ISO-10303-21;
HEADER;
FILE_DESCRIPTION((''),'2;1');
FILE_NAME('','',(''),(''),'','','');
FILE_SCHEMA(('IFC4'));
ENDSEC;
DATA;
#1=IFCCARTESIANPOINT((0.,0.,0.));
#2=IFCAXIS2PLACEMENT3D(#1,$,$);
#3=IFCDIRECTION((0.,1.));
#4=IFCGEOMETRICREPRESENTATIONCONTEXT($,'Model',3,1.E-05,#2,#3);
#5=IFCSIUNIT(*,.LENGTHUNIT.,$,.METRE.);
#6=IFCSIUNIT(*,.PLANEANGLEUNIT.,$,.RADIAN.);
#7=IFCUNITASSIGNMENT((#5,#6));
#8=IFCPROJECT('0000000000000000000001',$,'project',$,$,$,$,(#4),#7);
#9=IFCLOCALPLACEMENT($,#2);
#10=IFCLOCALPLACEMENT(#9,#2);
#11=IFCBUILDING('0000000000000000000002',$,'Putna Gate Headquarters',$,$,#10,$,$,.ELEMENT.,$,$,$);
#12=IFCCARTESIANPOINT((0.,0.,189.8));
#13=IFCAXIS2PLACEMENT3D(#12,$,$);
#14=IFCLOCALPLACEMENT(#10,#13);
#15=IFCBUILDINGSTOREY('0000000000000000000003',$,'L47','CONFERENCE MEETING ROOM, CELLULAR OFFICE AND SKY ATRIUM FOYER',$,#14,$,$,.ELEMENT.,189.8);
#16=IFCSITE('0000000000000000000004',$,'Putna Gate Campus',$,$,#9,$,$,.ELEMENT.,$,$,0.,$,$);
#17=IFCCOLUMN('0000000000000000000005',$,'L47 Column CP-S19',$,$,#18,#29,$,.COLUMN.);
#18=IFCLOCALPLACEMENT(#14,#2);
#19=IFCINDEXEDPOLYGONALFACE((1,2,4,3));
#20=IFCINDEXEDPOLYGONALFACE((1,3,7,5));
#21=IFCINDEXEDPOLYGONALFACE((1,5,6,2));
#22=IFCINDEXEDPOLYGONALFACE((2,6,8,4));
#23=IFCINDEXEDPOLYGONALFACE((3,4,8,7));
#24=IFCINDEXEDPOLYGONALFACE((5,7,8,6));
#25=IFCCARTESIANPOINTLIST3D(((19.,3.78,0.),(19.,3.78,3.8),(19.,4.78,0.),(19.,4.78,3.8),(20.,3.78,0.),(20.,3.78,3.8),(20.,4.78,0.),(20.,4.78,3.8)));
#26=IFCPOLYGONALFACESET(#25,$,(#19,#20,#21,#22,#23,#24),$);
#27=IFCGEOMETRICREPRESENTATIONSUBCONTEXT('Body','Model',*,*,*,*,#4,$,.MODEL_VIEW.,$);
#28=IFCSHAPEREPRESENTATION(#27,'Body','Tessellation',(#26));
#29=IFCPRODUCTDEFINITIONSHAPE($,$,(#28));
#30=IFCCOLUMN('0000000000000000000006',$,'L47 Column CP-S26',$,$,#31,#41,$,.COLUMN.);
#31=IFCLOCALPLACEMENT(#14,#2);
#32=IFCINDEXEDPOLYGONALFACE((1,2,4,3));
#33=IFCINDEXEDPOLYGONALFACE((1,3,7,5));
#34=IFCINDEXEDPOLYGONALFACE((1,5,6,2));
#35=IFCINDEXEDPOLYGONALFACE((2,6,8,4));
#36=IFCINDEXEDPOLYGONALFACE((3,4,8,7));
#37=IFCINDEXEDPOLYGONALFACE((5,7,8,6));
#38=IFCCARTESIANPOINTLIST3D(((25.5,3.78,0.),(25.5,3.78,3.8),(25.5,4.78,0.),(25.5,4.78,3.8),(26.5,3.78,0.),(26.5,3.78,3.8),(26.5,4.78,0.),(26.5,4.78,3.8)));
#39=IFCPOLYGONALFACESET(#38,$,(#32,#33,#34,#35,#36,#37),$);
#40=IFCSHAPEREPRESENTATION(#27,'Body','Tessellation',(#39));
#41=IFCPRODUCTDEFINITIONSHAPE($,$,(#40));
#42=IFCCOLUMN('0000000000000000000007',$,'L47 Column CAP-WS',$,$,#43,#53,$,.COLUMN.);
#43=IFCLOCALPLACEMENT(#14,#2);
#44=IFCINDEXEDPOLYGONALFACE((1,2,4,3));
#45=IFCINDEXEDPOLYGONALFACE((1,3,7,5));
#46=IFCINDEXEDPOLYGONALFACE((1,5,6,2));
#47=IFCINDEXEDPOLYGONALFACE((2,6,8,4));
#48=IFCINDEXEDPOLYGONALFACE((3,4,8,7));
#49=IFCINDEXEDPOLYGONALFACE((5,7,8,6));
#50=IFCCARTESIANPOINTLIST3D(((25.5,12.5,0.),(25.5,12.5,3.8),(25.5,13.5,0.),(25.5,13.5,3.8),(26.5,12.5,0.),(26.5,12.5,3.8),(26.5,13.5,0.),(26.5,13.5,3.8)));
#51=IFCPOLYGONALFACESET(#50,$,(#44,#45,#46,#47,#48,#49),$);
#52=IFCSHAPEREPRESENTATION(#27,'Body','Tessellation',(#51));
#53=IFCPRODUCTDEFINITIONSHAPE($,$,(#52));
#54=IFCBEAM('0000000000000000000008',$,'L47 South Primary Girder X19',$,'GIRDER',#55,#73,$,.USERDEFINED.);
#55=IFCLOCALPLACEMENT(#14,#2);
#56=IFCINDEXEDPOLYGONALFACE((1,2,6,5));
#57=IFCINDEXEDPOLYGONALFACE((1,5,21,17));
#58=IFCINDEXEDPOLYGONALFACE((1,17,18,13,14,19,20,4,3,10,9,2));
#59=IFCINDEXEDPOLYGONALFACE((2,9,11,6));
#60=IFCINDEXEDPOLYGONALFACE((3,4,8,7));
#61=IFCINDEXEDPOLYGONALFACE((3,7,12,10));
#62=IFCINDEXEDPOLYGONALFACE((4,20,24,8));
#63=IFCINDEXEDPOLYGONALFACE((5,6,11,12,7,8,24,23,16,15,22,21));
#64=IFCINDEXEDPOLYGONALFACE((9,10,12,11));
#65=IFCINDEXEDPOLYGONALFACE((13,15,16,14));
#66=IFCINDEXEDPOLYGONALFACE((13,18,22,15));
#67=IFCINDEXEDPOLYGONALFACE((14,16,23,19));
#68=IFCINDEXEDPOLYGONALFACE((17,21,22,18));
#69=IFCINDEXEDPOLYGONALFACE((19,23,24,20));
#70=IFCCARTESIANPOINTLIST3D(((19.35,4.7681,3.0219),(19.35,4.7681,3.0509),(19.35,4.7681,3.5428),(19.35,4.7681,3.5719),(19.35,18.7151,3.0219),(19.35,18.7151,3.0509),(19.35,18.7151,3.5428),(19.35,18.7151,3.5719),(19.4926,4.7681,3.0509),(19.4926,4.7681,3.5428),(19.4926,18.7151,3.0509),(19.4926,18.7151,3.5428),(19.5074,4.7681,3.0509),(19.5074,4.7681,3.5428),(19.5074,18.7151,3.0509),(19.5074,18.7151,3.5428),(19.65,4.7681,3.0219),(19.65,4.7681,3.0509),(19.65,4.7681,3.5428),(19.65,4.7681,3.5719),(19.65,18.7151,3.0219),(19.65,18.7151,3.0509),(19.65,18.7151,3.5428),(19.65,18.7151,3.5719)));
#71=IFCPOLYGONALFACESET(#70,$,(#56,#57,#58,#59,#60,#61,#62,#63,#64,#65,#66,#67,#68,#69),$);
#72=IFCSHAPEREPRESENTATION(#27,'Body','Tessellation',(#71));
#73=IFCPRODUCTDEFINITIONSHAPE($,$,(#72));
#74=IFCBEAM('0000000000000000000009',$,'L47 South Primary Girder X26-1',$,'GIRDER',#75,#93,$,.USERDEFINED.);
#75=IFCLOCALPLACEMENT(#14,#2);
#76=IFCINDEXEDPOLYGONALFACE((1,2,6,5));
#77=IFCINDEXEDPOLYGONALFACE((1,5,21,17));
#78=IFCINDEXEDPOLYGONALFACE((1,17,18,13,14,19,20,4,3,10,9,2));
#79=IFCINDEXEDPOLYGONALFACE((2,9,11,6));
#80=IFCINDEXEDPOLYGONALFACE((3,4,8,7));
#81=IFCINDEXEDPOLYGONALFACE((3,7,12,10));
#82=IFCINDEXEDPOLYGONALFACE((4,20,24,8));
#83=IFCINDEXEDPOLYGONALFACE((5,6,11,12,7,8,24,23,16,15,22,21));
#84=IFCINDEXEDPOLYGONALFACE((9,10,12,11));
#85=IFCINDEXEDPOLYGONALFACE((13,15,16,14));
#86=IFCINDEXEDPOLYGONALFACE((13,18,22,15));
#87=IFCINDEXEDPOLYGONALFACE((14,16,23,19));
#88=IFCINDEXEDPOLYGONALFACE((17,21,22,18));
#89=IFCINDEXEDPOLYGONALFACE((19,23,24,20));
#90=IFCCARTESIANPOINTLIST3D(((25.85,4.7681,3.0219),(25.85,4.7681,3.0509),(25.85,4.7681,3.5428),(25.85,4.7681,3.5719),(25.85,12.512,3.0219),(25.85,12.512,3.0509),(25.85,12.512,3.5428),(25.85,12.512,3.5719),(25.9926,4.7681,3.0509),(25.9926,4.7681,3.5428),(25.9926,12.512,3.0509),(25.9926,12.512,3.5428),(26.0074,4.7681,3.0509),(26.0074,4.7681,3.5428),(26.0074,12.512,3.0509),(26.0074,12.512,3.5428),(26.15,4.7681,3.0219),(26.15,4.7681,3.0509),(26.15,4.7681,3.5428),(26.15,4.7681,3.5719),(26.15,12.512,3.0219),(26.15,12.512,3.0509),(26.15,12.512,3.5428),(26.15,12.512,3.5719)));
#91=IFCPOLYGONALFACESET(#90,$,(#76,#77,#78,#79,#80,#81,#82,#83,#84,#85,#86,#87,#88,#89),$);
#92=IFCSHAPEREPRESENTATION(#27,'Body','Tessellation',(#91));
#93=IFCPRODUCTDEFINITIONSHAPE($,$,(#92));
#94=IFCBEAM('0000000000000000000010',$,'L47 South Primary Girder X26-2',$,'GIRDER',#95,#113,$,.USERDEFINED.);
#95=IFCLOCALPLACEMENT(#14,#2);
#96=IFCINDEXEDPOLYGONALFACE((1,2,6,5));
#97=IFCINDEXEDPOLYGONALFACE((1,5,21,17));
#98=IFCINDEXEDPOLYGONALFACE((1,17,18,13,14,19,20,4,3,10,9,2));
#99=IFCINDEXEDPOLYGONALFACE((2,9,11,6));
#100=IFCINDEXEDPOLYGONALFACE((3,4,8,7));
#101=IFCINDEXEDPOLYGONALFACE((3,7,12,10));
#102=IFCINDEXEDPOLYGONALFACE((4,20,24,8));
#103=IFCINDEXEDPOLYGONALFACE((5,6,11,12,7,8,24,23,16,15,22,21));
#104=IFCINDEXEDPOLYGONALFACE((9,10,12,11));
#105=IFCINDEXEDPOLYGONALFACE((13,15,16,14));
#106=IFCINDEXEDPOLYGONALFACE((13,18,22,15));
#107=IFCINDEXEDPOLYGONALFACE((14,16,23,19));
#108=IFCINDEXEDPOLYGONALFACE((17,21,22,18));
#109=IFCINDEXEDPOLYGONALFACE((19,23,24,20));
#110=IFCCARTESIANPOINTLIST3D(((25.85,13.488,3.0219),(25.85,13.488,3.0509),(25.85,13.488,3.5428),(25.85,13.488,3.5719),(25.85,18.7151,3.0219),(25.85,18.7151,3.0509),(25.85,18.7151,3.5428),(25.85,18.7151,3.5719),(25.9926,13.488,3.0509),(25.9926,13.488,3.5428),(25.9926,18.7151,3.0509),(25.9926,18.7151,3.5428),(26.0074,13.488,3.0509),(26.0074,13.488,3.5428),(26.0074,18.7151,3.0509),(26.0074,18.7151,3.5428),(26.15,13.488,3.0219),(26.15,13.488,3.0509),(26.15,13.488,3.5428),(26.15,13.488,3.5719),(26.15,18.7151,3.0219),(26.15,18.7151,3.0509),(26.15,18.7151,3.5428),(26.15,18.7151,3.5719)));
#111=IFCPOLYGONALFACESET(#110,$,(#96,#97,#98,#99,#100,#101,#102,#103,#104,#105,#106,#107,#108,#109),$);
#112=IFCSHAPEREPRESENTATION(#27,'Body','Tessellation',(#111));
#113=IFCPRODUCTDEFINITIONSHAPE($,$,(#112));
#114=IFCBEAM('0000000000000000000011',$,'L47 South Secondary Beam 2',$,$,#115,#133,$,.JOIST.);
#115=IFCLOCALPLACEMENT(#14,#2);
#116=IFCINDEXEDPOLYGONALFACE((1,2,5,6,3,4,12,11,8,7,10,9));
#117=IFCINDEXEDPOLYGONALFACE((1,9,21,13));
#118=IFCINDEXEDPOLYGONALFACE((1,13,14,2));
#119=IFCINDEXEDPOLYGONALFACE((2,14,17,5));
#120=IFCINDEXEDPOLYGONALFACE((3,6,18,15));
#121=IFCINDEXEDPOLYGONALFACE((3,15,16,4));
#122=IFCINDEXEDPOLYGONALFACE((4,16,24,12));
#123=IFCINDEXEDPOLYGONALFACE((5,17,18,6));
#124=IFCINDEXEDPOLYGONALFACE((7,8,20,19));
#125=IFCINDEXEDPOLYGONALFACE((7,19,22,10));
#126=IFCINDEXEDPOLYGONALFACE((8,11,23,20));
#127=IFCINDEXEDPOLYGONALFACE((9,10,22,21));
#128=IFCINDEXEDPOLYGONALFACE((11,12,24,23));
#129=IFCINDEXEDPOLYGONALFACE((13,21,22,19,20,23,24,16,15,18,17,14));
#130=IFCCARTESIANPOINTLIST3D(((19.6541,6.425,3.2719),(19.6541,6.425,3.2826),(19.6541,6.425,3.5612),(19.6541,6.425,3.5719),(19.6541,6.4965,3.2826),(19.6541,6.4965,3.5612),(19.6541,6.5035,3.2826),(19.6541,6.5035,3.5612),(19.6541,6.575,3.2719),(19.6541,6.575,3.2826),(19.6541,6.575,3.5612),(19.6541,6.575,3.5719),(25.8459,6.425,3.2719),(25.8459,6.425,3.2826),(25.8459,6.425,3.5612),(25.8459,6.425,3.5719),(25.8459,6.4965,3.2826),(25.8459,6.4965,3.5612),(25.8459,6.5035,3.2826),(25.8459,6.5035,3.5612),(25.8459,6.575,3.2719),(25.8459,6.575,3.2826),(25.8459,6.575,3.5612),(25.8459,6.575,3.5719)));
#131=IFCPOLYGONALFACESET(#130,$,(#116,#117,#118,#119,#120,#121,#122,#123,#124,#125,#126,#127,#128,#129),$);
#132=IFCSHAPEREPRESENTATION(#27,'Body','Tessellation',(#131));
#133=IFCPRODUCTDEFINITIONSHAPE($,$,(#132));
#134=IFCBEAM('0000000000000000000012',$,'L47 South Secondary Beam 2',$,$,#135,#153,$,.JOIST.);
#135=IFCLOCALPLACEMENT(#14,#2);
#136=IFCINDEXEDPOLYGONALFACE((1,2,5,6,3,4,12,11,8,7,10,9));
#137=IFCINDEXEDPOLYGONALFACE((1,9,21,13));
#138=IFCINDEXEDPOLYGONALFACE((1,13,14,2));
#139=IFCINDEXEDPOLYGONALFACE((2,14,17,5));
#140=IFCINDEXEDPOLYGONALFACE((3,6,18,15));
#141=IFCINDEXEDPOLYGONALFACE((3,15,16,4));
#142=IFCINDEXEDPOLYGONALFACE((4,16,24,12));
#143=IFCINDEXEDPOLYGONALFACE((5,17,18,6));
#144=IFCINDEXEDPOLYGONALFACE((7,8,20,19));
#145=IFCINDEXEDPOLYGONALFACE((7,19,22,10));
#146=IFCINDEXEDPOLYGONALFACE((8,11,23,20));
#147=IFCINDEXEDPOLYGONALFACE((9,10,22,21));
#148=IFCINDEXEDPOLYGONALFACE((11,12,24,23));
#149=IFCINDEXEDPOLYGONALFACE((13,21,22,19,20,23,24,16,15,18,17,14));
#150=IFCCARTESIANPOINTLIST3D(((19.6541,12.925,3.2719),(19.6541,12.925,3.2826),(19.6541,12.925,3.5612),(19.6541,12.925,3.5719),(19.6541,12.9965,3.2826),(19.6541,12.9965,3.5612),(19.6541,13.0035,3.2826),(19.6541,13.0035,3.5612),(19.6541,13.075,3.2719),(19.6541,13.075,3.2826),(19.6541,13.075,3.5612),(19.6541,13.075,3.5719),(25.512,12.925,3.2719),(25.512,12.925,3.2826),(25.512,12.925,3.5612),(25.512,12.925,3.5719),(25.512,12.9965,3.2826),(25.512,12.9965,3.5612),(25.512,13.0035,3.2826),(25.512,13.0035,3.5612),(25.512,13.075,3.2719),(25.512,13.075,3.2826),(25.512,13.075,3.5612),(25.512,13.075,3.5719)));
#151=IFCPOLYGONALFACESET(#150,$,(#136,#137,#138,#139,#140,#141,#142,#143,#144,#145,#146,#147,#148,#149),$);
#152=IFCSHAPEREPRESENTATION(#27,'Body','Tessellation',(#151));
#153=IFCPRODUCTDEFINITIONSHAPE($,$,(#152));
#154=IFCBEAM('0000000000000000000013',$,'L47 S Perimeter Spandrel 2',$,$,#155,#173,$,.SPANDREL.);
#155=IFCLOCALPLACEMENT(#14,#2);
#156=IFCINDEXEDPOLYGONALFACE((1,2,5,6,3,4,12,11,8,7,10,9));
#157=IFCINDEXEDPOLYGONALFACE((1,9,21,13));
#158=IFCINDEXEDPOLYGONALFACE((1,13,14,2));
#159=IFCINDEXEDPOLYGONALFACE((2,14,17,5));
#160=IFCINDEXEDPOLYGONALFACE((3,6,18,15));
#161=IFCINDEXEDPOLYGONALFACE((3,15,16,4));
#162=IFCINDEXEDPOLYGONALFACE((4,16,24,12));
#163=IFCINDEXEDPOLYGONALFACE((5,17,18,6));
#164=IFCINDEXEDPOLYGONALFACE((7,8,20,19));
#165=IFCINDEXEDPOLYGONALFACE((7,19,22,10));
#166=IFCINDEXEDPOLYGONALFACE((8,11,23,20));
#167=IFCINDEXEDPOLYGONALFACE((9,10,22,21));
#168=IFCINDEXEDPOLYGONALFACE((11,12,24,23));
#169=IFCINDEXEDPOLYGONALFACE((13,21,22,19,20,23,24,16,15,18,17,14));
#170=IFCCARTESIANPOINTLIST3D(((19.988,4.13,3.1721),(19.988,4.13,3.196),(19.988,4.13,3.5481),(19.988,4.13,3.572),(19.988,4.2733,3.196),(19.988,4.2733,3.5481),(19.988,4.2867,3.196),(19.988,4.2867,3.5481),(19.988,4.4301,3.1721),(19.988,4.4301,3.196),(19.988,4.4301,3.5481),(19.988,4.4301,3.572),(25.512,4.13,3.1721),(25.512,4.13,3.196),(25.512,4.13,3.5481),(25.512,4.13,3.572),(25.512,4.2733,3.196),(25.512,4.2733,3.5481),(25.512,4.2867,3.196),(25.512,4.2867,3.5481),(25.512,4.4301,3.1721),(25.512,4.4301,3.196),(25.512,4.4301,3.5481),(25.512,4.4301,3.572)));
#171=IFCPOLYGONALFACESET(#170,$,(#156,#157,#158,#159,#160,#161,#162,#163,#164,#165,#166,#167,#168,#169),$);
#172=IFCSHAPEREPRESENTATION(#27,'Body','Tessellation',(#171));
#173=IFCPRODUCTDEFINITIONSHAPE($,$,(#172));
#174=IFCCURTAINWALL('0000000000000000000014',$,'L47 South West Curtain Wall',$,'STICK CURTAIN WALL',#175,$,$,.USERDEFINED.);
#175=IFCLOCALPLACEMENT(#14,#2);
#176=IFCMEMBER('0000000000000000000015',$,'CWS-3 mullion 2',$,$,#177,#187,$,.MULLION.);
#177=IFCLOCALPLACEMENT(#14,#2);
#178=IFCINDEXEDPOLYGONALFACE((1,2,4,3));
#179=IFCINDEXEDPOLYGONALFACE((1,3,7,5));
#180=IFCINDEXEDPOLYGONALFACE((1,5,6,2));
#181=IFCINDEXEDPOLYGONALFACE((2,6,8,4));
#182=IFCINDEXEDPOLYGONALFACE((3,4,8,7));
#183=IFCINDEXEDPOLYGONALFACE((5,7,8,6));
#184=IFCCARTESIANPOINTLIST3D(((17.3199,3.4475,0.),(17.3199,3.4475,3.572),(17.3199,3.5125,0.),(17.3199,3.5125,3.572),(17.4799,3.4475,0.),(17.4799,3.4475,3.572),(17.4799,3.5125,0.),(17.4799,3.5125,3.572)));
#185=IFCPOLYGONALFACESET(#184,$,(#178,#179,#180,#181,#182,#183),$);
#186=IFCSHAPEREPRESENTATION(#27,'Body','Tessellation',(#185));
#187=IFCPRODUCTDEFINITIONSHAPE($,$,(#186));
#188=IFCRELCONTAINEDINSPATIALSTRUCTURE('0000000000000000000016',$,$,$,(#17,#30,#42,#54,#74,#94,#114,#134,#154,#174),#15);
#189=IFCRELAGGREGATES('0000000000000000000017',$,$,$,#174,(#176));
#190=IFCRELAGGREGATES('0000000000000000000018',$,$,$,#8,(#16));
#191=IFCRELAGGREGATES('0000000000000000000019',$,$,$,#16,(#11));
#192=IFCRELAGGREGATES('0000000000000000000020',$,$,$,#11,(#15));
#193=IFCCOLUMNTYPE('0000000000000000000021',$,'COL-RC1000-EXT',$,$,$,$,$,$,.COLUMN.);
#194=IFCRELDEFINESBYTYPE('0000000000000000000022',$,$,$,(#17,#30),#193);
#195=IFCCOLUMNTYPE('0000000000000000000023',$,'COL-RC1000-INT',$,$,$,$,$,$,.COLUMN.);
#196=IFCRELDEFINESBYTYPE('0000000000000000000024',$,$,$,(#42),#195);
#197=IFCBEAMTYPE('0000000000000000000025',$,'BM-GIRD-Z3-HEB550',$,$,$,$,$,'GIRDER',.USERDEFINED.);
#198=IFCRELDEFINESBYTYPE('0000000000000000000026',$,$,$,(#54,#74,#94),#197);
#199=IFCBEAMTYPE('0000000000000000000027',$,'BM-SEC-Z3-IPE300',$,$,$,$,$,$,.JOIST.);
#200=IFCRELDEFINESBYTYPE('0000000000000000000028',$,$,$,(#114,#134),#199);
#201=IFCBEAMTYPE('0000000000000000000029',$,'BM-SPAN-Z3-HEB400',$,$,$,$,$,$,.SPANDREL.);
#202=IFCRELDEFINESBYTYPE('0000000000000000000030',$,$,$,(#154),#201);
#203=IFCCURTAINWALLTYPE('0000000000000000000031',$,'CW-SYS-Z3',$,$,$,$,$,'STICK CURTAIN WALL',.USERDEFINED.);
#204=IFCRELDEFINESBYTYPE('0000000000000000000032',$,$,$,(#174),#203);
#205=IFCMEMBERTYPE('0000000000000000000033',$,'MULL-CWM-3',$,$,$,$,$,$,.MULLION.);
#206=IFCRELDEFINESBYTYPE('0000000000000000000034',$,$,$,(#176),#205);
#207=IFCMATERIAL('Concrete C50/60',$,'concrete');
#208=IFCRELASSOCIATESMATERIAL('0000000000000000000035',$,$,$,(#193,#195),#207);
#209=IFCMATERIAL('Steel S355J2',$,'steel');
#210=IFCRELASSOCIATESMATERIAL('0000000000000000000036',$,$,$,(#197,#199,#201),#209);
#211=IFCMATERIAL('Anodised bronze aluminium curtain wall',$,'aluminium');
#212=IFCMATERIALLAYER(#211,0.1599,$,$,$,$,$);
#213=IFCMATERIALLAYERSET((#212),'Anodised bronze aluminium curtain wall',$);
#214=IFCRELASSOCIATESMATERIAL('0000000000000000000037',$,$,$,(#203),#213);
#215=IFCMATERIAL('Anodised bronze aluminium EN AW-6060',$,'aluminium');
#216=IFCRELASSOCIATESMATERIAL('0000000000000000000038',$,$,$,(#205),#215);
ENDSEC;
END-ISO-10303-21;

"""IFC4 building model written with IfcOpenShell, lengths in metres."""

from ifc_helpers import new_model, si_unit, direction, frame, origin, origin_2d, place, context, subcontext, project, spatial, rectangle, i_section, extrude, material, layer, layer_set, material_profile, profile_set, type_object, element, aggregate, save


model = new_model("IFC4")

# Units and contexts
model_context = context("Model", 3, precision=1e-05, world=origin(), true_north=direction((0.0, 1.0)))
body_context = subcontext(model_context, "Body", "Model", "MODEL_VIEW")
ifc_project = project(units=[si_unit("LENGTHUNIT", "METRE"), si_unit("PLANEANGLEUNIT", "RADIAN")], contexts=[model_context])

# Site, building, storey
site_placement = place(None, origin())
site = spatial("IfcSite", under=ifc_project, at=site_placement, Name="Putna Gate Campus", CompositionType="ELEMENT", RefElevation=0.0)
building_placement = place(site_placement, origin())
building = spatial("IfcBuilding", under=site, at=building_placement, Name="Putna Gate Headquarters", CompositionType="ELEMENT")
storey_placement = place(building_placement, frame((0.0, 0.0, 189.8)))
storey = spatial("IfcBuildingStorey", under=building, at=storey_placement, Name="L47", Description="CONFERENCE MEETING ROOM, CELLULAR OFFICE AND SKY ATRIUM FOYER", CompositionType="ELEMENT", Elevation=189.8)

# Columns
ifc_material_1 = material(Name="Concrete C50/60", Category="concrete")
ifc_material_profile_1 = material_profile(ifc_material_1, rectangle(XDim=1.0, YDim=1.0, at=origin_2d()), Name="Concrete C50/60")
ifc_profile_set_1 = profile_set([ifc_material_profile_1], Name="Concrete C50/60")
column_type_1 = type_object("IfcColumnType", Name="COL-RC1000-EXT", PredefinedType="COLUMN", material=ifc_profile_set_1)
for number, where, z_axis, x_axis, name in (
    (1, (19.5, 4.28, 0.0), (0.0, 0.0, 1.0), (1.0, 0.0, 0.0), "L47 Column CP-S19"),
    (2, (26.0, 4.28, 0.0), (0.0, 0.0, 1.0), (1.0, 0.0, 0.0), "L47 Column CP-S26"),
):
    element("IfcColumn", number, at=place(storey_placement, frame(where, z_axis=z_axis, x_axis=x_axis)), inside=storey, type_object=column_type_1, Name=name, PredefinedType="COLUMN", context=body_context, shape_type="SweptSolid", body=[
        extrude(rectangle(XDim=1.0, YDim=1.0, at=origin_2d()), origin(), (0.0, 0.0, 1.0), 3.8),
    ])
ifc_material_profile_2 = material_profile(ifc_material_1, rectangle(XDim=1.0, YDim=1.0, at=origin_2d()), Name="Concrete C50/60")
ifc_profile_set_2 = profile_set([ifc_material_profile_2], Name="Concrete C50/60")
column_type_2 = type_object("IfcColumnType", Name="COL-RC1000-INT", PredefinedType="COLUMN", material=ifc_profile_set_2)
column_placement = place(storey_placement, frame((26.0, 13.0, 0.0), z_axis=(0.0, 0.0, 1.0), x_axis=(1.0, 0.0, 0.0)))
element("IfcColumn", 3, at=column_placement, inside=storey, type_object=column_type_2, Name="L47 Column CAP-WS", PredefinedType="COLUMN", context=body_context, shape_type="SweptSolid", body=[
    extrude(rectangle(XDim=1.0, YDim=1.0, at=origin_2d()), origin(), (0.0, 0.0, 1.0), 3.8),
])

# Beams
ifc_material_2 = material(Name="Steel S355J2", Category="steel")
ifc_material_profile_3 = material_profile(ifc_material_2, i_section(OverallWidth=0.3, OverallDepth=0.55, WebThickness=0.0149, FlangeThickness=0.0291, at=origin_2d()), Name="Steel S355J2")
ifc_profile_set_3 = profile_set([ifc_material_profile_3], Name="Steel S355J2")
beam_type_1 = type_object("IfcBeamType", Name="BM-GIRD-Z3-HEB550", ElementType="GIRDER", PredefinedType="USERDEFINED", material=ifc_profile_set_3)
beam_1_placement = place(storey_placement, frame((19.5, 4.7681, 3.2969), z_axis=(0.0, 1.0, 0.0), x_axis=(-1.0, 0.0, 0.0)))
element("IfcBeam", 4, at=beam_1_placement, inside=storey, type_object=beam_type_1, Name="L47 South Primary Girder X19", ObjectType="GIRDER", PredefinedType="USERDEFINED", context=body_context, shape_type="SweptSolid", body=[
    extrude(i_section(OverallWidth=0.3, OverallDepth=0.55, WebThickness=0.0149, FlangeThickness=0.0291, at=origin_2d()), origin(), (0.0, 0.0, 1.0), 13.947),
])
beam_2_placement = place(storey_placement, frame((26.0, 4.7681, 3.2969), z_axis=(0.0, 1.0, 0.0), x_axis=(-1.0, 0.0, 0.0)))
element("IfcBeam", 5, at=beam_2_placement, inside=storey, type_object=beam_type_1, Name="L47 South Primary Girder X26-1", ObjectType="GIRDER", PredefinedType="USERDEFINED", context=body_context, shape_type="SweptSolid", body=[
    extrude(i_section(OverallWidth=0.3, OverallDepth=0.55, WebThickness=0.0149, FlangeThickness=0.0291, at=origin_2d()), origin(), (0.0, 0.0, 1.0), 7.7439),
])
beam_3_placement = place(storey_placement, frame((26.0, 13.488, 3.2969), z_axis=(0.0, 1.0, 0.0), x_axis=(-1.0, 0.0, 0.0)))
element("IfcBeam", 6, at=beam_3_placement, inside=storey, type_object=beam_type_1, Name="L47 South Primary Girder X26-2", ObjectType="GIRDER", PredefinedType="USERDEFINED", context=body_context, shape_type="SweptSolid", body=[
    extrude(i_section(OverallWidth=0.3, OverallDepth=0.55, WebThickness=0.0149, FlangeThickness=0.0291, at=origin_2d()), origin(), (0.0, 0.0, 1.0), 5.2271),
])
ifc_material_profile_4 = material_profile(ifc_material_2, i_section(OverallWidth=0.1499, OverallDepth=0.3, WebThickness=0.0071, FlangeThickness=0.0107, at=origin_2d()), Name="Steel S355J2")
ifc_profile_set_4 = profile_set([ifc_material_profile_4], Name="Steel S355J2")
beam_type_2 = type_object("IfcBeamType", Name="BM-SEC-Z3-IPE300", PredefinedType="JOIST", material=ifc_profile_set_4)
beam_4_placement = place(storey_placement, frame((19.6541, 6.5, 3.4219), z_axis=(1.0, 0.0, 0.0), x_axis=(0.0, 1.0, 0.0)))
element("IfcBeam", 7, at=beam_4_placement, inside=storey, type_object=beam_type_2, Name="L47 South Secondary Beam 2", PredefinedType="JOIST", context=body_context, shape_type="SweptSolid", body=[
    extrude(i_section(OverallWidth=0.1499, OverallDepth=0.3, WebThickness=0.0071, FlangeThickness=0.0107, at=origin_2d()), origin(), (0.0, 0.0, 1.0), 6.1919),
])
beam_5_placement = place(storey_placement, frame((19.6541, 13.0, 3.4219), z_axis=(1.0, 0.0, 0.0), x_axis=(0.0, 1.0, 0.0)))
element("IfcBeam", 8, at=beam_5_placement, inside=storey, type_object=beam_type_2, Name="L47 South Secondary Beam 2", PredefinedType="JOIST", context=body_context, shape_type="SweptSolid", body=[
    extrude(i_section(OverallWidth=0.1499, OverallDepth=0.3, WebThickness=0.0071, FlangeThickness=0.0107, at=origin_2d()), origin(), (0.0, 0.0, 1.0), 5.8579),
])
ifc_material_profile_5 = material_profile(ifc_material_2, i_section(OverallWidth=0.3, OverallDepth=0.3999, WebThickness=0.0134, FlangeThickness=0.0239, at=origin_2d()), Name="Steel S355J2")
ifc_profile_set_5 = profile_set([ifc_material_profile_5], Name="Steel S355J2")
beam_type_3 = type_object("IfcBeamType", Name="BM-SPAN-Z3-HEB400", PredefinedType="SPANDREL", material=ifc_profile_set_5)
beam_6_placement = place(storey_placement, frame((19.988, 4.28, 3.3721), z_axis=(1.0, 0.0, 0.0), x_axis=(0.0, 1.0, 0.0)))
element("IfcBeam", 9, at=beam_6_placement, inside=storey, type_object=beam_type_3, Name="L47 S Perimeter Spandrel 2", PredefinedType="SPANDREL", context=body_context, shape_type="SweptSolid", body=[
    extrude(i_section(OverallWidth=0.3, OverallDepth=0.3999, WebThickness=0.0134, FlangeThickness=0.0239, at=origin_2d()), origin(), (0.0, 0.0, 1.0), 5.5239),
])

# Curtain wall, member
ifc_material_3 = material(Name="Anodised bronze aluminium curtain wall", Category="aluminium")
ifc_layer_1 = layer(ifc_material_3, 0.1599)
ifc_layer_set_1 = layer_set([ifc_layer_1], Name="Anodised bronze aluminium curtain wall")
curtain_wall_type = type_object("IfcCurtainWallType", Name="CW-SYS-Z3", ElementType="STICK CURTAIN WALL", PredefinedType="USERDEFINED", material=ifc_layer_set_1)
curtain_wall_placement = place(storey_placement, origin())
curtain_wall = element("IfcCurtainWall", 10, at=curtain_wall_placement, inside=storey, type_object=curtain_wall_type, Name="L47 South West Curtain Wall", ObjectType="STICK CURTAIN WALL", PredefinedType="USERDEFINED")
ifc_material_4 = material(Name="Anodised bronze aluminium EN AW-6060", Category="aluminium")
ifc_material_profile_6 = material_profile(ifc_material_4, rectangle(XDim=0.0649, YDim=0.1599, at=origin_2d()), Name="Anodised bronze aluminium EN AW-6060")
ifc_profile_set_6 = profile_set([ifc_material_profile_6], Name="Anodised bronze aluminium EN AW-6060")
member_type_1 = type_object("IfcMemberType", Name="MULL-CWM-3", PredefinedType="MULLION", material=ifc_profile_set_6)
member_1_placement = place(storey_placement, frame((17.3999, 3.48, 0.0), z_axis=(0.0, 0.0, 1.0), x_axis=(0.0, 1.0, 0.0)))
member_1 = element("IfcMember", 11, at=member_1_placement, type_object=member_type_1, Name="CWS-3 mullion 2", PredefinedType="MULLION", context=body_context, shape_type="SweptSolid", body=[
    extrude(rectangle(XDim=0.0649, YDim=0.1599, at=origin_2d()), origin(), (0.0, 0.0, 1.0), 3.572),
])
aggregate(curtain_wall, [member_1])

save(model, "model.ifc")
